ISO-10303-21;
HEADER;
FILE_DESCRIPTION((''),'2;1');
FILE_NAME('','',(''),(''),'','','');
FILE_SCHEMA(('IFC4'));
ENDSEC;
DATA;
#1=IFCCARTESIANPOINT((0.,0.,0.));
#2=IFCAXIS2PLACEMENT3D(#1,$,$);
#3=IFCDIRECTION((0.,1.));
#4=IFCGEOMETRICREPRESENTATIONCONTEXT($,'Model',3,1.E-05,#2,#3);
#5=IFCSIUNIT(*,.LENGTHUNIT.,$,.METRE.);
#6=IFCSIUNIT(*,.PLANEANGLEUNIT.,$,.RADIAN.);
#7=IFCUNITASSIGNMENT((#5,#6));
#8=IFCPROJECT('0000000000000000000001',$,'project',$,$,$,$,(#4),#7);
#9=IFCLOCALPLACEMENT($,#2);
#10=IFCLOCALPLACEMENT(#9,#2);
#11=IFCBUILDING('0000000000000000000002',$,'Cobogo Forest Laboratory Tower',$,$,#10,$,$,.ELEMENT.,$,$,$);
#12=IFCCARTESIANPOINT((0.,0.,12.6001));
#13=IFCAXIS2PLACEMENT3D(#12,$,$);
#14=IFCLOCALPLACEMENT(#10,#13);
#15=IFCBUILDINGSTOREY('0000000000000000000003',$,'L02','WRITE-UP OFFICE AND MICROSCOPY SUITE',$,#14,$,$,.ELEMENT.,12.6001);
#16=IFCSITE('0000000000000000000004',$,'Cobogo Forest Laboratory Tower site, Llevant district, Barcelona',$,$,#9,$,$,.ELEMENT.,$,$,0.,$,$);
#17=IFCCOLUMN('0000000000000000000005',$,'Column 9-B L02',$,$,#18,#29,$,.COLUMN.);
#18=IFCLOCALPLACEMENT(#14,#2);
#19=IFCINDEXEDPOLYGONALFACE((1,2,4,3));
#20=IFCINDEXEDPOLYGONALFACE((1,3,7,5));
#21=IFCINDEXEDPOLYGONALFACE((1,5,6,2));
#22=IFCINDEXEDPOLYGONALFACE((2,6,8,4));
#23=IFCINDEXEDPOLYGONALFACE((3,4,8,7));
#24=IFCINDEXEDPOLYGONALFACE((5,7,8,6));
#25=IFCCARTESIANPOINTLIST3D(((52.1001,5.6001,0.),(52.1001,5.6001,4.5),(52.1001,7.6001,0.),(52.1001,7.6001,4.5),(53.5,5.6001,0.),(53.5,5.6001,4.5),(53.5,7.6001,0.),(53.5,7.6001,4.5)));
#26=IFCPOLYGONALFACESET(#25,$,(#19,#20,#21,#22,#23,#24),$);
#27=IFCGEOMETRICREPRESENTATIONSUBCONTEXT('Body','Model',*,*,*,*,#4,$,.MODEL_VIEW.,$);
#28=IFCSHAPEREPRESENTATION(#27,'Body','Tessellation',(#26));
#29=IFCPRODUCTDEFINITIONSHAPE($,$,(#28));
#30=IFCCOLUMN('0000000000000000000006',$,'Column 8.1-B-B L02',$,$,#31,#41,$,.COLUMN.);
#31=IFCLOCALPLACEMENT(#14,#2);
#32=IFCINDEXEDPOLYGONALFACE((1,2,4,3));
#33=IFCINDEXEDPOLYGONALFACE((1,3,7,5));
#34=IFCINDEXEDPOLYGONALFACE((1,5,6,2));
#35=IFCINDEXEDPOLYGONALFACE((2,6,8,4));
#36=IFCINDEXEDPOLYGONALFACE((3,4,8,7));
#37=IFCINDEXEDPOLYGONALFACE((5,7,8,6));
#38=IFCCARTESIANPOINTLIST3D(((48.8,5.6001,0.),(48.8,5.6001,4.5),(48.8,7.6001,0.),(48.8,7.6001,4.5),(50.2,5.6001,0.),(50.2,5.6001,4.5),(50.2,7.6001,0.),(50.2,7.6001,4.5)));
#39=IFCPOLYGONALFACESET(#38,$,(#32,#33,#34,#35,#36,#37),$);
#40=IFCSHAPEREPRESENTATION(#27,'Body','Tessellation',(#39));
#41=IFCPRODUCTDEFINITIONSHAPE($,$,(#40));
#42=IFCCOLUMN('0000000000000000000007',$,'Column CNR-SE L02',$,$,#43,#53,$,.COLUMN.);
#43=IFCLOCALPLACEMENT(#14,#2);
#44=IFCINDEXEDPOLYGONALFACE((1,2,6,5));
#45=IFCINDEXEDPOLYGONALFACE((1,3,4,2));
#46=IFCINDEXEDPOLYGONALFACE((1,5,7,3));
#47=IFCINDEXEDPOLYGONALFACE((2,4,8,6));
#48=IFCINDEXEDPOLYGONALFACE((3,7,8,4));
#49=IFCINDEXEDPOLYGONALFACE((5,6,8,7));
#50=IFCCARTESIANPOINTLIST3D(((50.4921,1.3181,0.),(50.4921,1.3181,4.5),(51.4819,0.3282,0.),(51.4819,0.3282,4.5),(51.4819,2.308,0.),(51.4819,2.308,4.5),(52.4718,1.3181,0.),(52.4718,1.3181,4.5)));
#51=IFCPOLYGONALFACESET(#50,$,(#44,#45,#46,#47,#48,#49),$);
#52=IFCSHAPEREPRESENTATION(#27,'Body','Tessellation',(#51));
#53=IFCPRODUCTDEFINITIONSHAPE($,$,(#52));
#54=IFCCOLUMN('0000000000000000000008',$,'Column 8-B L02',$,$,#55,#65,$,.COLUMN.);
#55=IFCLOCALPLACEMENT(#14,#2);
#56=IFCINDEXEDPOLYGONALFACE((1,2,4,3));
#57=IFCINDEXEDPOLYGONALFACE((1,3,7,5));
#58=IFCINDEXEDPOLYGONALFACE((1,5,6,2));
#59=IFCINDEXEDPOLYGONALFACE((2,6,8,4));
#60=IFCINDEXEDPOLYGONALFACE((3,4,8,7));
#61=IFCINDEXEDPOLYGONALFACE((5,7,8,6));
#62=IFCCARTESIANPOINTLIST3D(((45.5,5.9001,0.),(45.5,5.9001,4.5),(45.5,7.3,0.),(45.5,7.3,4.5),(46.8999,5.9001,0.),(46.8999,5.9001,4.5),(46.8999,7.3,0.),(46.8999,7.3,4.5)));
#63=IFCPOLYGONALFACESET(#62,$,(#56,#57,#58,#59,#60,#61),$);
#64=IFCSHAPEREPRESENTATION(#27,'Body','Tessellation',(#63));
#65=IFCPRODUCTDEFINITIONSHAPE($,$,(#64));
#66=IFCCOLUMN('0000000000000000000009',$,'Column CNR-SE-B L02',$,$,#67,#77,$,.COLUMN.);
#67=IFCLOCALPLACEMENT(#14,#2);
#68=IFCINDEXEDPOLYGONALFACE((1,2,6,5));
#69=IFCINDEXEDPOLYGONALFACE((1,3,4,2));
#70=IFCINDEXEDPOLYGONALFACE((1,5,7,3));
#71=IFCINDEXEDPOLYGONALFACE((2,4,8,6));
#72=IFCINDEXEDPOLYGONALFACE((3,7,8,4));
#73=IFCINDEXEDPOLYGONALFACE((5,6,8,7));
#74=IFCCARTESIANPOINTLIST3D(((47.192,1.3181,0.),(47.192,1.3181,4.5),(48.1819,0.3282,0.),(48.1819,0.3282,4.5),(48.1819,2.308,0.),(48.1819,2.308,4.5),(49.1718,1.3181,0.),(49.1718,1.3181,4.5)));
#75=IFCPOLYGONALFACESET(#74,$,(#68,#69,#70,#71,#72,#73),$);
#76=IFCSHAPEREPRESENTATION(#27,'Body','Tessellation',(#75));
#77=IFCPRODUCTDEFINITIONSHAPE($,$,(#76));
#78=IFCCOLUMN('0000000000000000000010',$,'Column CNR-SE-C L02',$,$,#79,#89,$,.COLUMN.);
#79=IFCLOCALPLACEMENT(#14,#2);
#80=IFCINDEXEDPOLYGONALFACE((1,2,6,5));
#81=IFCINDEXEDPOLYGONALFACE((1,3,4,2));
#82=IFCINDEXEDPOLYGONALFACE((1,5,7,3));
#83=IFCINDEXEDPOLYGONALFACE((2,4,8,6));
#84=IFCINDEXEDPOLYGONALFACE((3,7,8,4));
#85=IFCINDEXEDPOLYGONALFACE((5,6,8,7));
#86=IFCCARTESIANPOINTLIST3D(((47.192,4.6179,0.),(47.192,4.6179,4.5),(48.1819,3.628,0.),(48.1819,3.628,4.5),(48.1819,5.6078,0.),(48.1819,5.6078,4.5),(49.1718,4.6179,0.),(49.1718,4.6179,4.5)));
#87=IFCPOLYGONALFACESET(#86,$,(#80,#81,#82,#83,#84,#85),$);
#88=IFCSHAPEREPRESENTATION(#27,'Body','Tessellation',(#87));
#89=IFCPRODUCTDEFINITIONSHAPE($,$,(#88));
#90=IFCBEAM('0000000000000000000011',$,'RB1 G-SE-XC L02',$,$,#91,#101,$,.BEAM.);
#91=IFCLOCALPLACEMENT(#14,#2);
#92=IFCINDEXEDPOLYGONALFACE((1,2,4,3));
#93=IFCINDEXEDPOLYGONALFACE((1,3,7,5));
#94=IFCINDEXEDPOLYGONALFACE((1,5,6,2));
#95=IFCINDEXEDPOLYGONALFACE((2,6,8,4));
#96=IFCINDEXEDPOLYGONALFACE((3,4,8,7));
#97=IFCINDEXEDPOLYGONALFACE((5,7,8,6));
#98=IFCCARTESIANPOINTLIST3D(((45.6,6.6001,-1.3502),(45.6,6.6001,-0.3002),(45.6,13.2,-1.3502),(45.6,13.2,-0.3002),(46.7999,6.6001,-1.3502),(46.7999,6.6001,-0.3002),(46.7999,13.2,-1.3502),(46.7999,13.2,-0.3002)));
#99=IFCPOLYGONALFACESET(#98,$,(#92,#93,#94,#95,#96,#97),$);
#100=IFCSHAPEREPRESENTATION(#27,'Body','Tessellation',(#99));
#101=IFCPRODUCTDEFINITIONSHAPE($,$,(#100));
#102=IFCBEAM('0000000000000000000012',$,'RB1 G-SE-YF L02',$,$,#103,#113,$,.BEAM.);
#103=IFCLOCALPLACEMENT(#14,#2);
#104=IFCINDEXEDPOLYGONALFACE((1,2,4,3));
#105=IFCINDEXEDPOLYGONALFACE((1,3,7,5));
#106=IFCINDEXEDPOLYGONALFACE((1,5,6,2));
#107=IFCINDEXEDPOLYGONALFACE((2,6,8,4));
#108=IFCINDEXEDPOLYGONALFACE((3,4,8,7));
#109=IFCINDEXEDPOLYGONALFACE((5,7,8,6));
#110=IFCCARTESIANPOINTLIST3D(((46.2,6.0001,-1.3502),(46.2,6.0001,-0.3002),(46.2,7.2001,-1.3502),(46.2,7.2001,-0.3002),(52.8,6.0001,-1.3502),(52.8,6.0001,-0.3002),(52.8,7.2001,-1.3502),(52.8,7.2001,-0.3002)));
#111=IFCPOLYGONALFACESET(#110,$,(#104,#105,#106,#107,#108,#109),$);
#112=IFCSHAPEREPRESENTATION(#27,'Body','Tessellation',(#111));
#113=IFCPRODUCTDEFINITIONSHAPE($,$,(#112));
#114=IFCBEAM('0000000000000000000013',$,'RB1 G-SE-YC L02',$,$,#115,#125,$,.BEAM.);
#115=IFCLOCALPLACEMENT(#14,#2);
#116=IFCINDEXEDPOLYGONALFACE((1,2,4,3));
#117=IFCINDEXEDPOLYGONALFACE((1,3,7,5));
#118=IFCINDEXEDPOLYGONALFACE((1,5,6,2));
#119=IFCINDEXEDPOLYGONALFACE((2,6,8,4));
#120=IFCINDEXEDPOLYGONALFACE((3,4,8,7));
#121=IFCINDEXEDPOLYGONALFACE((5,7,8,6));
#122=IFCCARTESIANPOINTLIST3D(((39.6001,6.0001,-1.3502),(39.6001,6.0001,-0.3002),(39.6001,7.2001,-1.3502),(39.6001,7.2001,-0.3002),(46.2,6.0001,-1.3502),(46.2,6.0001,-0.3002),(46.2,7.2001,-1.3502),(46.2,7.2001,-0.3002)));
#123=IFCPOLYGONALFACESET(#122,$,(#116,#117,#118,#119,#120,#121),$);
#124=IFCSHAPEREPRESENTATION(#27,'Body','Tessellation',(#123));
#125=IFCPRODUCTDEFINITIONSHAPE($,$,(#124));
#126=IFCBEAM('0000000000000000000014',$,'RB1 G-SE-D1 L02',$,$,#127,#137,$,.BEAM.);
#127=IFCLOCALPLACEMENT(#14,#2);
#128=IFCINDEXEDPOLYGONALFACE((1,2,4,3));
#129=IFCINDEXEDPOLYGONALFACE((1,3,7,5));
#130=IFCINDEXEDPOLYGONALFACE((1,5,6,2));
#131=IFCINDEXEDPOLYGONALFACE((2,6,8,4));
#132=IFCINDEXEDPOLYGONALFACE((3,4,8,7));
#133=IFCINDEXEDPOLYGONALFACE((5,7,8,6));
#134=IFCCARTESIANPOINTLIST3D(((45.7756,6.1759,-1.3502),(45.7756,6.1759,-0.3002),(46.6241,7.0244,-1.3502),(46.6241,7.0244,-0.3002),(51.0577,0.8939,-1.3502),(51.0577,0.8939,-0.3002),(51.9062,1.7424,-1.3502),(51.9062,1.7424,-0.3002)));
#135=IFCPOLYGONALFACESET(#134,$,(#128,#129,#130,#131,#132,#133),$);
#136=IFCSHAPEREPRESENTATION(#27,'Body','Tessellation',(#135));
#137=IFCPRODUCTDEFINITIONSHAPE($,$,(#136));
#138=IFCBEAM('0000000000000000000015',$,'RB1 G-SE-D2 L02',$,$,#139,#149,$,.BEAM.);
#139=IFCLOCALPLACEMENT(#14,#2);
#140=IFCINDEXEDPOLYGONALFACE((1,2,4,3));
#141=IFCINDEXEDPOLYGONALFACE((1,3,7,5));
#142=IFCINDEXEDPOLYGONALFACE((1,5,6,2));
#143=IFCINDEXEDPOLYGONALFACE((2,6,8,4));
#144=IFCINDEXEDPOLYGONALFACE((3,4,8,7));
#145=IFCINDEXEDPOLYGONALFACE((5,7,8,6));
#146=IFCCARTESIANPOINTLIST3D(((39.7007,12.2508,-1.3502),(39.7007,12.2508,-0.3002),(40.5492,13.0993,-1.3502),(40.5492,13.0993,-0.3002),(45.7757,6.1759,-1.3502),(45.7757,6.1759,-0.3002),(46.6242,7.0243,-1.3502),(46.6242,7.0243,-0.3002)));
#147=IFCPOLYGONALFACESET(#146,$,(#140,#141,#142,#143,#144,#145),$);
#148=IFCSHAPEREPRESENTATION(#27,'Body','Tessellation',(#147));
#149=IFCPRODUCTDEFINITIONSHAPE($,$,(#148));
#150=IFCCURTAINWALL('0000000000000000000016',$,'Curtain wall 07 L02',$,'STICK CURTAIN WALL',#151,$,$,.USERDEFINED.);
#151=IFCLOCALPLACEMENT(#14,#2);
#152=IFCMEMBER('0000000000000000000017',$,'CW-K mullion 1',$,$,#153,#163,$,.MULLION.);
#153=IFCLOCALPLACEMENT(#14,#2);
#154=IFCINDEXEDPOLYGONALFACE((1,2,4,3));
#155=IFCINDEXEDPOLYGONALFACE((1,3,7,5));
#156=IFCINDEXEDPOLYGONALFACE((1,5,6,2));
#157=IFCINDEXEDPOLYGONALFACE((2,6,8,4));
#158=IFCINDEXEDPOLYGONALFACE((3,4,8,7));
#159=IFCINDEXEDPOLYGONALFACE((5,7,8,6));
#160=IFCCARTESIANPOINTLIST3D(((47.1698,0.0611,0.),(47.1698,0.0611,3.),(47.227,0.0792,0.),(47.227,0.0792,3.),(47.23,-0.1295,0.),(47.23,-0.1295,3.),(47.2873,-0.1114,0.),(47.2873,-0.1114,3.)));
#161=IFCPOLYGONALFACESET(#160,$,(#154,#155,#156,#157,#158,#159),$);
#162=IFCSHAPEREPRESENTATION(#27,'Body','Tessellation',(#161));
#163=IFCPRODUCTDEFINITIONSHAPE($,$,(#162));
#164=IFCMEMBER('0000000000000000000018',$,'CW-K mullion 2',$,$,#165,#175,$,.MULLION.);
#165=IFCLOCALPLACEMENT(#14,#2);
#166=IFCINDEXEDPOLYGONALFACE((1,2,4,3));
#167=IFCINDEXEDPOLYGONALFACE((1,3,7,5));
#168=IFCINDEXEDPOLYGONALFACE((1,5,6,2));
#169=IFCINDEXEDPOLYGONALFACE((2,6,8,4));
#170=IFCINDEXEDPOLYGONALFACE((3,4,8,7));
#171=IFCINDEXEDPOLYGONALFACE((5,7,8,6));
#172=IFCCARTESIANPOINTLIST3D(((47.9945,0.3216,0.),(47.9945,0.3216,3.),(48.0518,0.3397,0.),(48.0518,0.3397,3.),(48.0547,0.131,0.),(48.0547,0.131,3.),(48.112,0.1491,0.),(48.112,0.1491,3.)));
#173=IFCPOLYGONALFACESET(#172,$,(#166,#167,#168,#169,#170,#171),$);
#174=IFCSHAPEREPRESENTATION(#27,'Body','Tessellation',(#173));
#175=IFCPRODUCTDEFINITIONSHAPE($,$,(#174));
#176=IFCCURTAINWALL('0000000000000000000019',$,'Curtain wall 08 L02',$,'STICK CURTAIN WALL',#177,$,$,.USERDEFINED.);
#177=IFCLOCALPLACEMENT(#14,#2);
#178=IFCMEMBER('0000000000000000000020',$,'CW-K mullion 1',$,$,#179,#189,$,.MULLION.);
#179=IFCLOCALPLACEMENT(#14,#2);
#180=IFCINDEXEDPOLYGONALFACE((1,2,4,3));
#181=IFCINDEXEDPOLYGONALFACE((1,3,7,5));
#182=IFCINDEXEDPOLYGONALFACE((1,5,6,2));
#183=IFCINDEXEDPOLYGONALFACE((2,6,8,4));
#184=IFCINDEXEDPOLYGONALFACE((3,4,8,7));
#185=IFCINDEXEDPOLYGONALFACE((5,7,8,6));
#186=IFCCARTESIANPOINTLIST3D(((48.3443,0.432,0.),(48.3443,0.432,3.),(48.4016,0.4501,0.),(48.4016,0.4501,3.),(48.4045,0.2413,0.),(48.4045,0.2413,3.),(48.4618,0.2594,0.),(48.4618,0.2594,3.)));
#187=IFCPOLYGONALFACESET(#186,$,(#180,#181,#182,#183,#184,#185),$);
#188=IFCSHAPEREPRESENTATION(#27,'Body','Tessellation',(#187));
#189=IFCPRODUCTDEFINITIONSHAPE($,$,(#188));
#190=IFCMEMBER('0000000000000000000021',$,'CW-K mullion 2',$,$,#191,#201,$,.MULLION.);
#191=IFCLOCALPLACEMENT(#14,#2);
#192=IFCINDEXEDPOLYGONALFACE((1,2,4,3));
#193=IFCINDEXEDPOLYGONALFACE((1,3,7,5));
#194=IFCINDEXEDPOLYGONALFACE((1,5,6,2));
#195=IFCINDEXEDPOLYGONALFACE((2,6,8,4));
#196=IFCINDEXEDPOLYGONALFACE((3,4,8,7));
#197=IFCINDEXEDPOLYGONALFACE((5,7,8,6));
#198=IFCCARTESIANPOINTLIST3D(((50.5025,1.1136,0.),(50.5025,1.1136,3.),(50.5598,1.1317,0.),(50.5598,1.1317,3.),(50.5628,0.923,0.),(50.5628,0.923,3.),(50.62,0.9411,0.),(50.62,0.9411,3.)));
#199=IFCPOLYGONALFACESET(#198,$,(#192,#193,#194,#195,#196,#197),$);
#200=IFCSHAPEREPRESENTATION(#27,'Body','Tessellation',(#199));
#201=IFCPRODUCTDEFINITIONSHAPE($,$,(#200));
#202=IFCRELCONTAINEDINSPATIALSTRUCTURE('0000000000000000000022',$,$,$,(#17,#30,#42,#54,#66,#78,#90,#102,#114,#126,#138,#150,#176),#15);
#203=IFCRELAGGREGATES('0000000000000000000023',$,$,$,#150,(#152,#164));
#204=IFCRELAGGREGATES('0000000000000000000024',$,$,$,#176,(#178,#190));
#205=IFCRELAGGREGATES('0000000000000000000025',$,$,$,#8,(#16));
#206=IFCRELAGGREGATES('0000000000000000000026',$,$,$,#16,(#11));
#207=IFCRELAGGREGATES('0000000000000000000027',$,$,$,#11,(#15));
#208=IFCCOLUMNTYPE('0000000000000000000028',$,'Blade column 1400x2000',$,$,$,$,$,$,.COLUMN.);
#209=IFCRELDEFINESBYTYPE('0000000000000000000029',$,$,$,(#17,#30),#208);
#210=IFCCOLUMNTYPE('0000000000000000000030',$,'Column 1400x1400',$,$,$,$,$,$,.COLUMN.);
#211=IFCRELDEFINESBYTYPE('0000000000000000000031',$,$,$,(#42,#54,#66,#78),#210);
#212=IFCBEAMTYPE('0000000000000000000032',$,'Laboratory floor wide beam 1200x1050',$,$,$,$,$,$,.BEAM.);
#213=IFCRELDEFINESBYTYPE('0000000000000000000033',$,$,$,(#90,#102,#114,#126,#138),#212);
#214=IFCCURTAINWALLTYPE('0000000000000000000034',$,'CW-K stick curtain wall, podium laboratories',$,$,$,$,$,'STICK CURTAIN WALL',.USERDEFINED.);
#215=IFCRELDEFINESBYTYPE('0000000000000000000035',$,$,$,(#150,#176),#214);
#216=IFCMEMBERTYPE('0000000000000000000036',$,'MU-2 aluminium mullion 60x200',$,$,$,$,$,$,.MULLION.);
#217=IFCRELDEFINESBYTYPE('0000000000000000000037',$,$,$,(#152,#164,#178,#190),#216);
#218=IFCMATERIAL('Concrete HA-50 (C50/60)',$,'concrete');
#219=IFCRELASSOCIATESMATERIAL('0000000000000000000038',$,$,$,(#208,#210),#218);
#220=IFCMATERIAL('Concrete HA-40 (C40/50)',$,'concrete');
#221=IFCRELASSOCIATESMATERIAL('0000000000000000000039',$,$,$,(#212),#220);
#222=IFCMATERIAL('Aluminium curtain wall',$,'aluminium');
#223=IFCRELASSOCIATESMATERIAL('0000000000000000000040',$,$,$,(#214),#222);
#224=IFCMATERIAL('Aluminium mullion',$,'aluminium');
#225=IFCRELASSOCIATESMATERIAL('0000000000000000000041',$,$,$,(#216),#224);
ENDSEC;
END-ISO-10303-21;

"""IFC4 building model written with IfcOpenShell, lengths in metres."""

from ifc_helpers import new_model, si_unit, direction, frame, origin, origin_2d, place, context, subcontext, project, spatial, rectangle, extrude, material, material_profile, profile_set, type_object, element, aggregate, save


model = new_model("IFC4")

# Units and contexts
model_context = context("Model", 3, precision=1e-05, world=origin(), true_north=direction((0.0, 1.0)))
body_context = subcontext(model_context, "Body", "Model", "MODEL_VIEW")
ifc_project = project(units=[si_unit("LENGTHUNIT", "METRE"), si_unit("PLANEANGLEUNIT", "RADIAN")], contexts=[model_context])

# Site, building, storey
site_placement = place(None, origin())
site = spatial("IfcSite", under=ifc_project, at=site_placement, Name="Cobogo Forest Laboratory Tower site, Llevant district, Barcelona", CompositionType="ELEMENT", RefElevation=0.0)
building_placement = place(site_placement, origin())
building = spatial("IfcBuilding", under=site, at=building_placement, Name="Cobogo Forest Laboratory Tower", CompositionType="ELEMENT")
storey_placement = place(building_placement, frame((0.0, 0.0, 12.6001)))
storey = spatial("IfcBuildingStorey", under=building, at=storey_placement, Name="L02", Description="WRITE-UP OFFICE AND MICROSCOPY SUITE", CompositionType="ELEMENT", Elevation=12.6001)

# Columns
ifc_material_1 = material(Name="Concrete HA-50 (C50/60)", Category="concrete")
ifc_material_profile_1 = material_profile(ifc_material_1, rectangle(XDim=2.0, YDim=1.3999, at=origin_2d()), Name="RC 1400x2000")
ifc_profile_set_1 = profile_set([ifc_material_profile_1], Name="Concrete HA-50 (C50/60)")
column_type_1 = type_object("IfcColumnType", Name="Blade column 1400x2000", PredefinedType="COLUMN", material=ifc_profile_set_1)
for number, where, z_axis, x_axis, name in (
    (1, (52.8, 6.6001, 0.0), (0.0, 0.0, 1.0), (0.0, 1.0, 0.0), "Column 9-B L02"),
    (2, (49.5, 6.6001, 0.0), (0.0, 0.0, 1.0), (0.0, 1.0, 0.0), "Column 8.1-B-B L02"),
):
    element("IfcColumn", number, at=place(storey_placement, frame(where, z_axis=z_axis, x_axis=x_axis)), inside=storey, type_object=column_type_1, Name=name, PredefinedType="COLUMN", context=body_context, shape_type="SweptSolid", body=[
        extrude(rectangle(XDim=2.0, YDim=1.3999, at=origin_2d()), origin(), (0.0, 0.0, 1.0), 4.5),
    ])
ifc_material_profile_2 = material_profile(ifc_material_1, rectangle(XDim=1.3999, YDim=1.3999, at=origin_2d()), Name="RC 1400x1400")
ifc_profile_set_2 = profile_set([ifc_material_profile_2], Name="Concrete HA-50 (C50/60)")
column_type_2 = type_object("IfcColumnType", Name="Column 1400x1400", PredefinedType="COLUMN", material=ifc_profile_set_2)
for number, where, z_axis, x_axis, name in (
    (3, (51.4819, 1.3181, 0.0), (0.0, 0.0, 1.0), (0.707107, 0.707107, 0.0), "Column CNR-SE L02"),
    (4, (46.2, 6.6001, 0.0), (0.0, 0.0, 1.0), (1.0, 0.0, 0.0), "Column 8-B L02"),
    (5, (48.1819, 1.3181, 0.0), (0.0, 0.0, 1.0), (0.707107, 0.707107, 0.0), "Column CNR-SE-B L02"),
    (6, (48.1819, 4.6179, 0.0), (0.0, 0.0, 1.0), (0.707107, 0.707107, 0.0), "Column CNR-SE-C L02"),
):
    element("IfcColumn", number, at=place(storey_placement, frame(where, z_axis=z_axis, x_axis=x_axis)), inside=storey, type_object=column_type_2, Name=name, PredefinedType="COLUMN", context=body_context, shape_type="SweptSolid", body=[
        extrude(rectangle(XDim=1.3999, YDim=1.3999, at=origin_2d()), origin(), (0.0, 0.0, 1.0), 4.5),
    ])

# Beams
ifc_material_2 = material(Name="Concrete HA-40 (C40/50)", Category="concrete")
ifc_material_profile_3 = material_profile(ifc_material_2, rectangle(XDim=1.2, YDim=1.05, at=origin_2d()), Name="RC 1200x1050")
ifc_profile_set_3 = profile_set([ifc_material_profile_3], Name="Concrete HA-40 (C40/50)")
beam_type_1 = type_object("IfcBeamType", Name="Laboratory floor wide beam 1200x1050", PredefinedType="BEAM", material=ifc_profile_set_3)
beam_1_placement = place(storey_placement, frame((46.2, 6.6001, -0.8252), z_axis=(0.0, 1.0, 0.0), x_axis=(-1.0, 0.0, 0.0)))
element("IfcBeam", 7, at=beam_1_placement, inside=storey, type_object=beam_type_1, Name="RB1 G-SE-XC L02", PredefinedType="BEAM", context=body_context, shape_type="SweptSolid", body=[
    extrude(rectangle(XDim=1.2, YDim=1.05, at=origin_2d()), origin(), (0.0, 0.0, 1.0), 6.5999),
])
beam_2_placement = place(storey_placement, frame((52.8, 6.6001, -0.8252), z_axis=(-1.0, 0.0, 0.0), x_axis=(0.0, -1.0, 0.0)))
element("IfcBeam", 8, at=beam_2_placement, inside=storey, type_object=beam_type_1, Name="RB1 G-SE-YF L02", PredefinedType="BEAM", context=body_context, shape_type="SweptSolid", body=[
    extrude(rectangle(XDim=1.2, YDim=1.05, at=origin_2d()), origin(), (0.0, 0.0, 1.0), 6.6001),
])
beam_3_placement = place(storey_placement, frame((46.2, 6.6001, -0.8252), z_axis=(-1.0, 0.0, 0.0), x_axis=(0.0, -1.0, 0.0)))
element("IfcBeam", 9, at=beam_3_placement, inside=storey, type_object=beam_type_1, Name="RB1 G-SE-YC L02", PredefinedType="BEAM", context=body_context, shape_type="SweptSolid", body=[
    extrude(rectangle(XDim=1.2, YDim=1.05, at=origin_2d()), origin(), (0.0, 0.0, 1.0), 6.5999),
])
beam_4_placement = place(storey_placement, frame((51.4819, 1.3181, -0.8252), z_axis=(-0.707107, 0.707107, 0.0), x_axis=(-0.707107, -0.707107, 0.0)))
element("IfcBeam", 10, at=beam_4_placement, inside=storey, type_object=beam_type_1, Name="RB1 G-SE-D1 L02", PredefinedType="BEAM", context=body_context, shape_type="SweptSolid", body=[
    extrude(rectangle(XDim=1.2, YDim=1.05, at=origin_2d()), origin(), (0.0, 0.0, 1.0), 7.47),
])
beam_5_placement = place(storey_placement, frame((46.2, 6.6001, -0.8252), z_axis=(-0.707107, 0.707107, 0.0), x_axis=(-0.707107, -0.707107, 0.0)))
element("IfcBeam", 11, at=beam_5_placement, inside=storey, type_object=beam_type_1, Name="RB1 G-SE-D2 L02", PredefinedType="BEAM", context=body_context, shape_type="SweptSolid", body=[
    extrude(rectangle(XDim=1.2, YDim=1.05, at=origin_2d()), origin(), (0.0, 0.0, 1.0), 8.5913),
])

# Curtain walls, members
ifc_material_3 = material(Name="Aluminium curtain wall", Category="aluminium")
curtain_wall_type = type_object("IfcCurtainWallType", Name="CW-K stick curtain wall, podium laboratories", ElementType="STICK CURTAIN WALL", PredefinedType="USERDEFINED", material=ifc_material_3)
curtain_wall_1_placement = place(storey_placement, origin())
curtain_wall_1 = element("IfcCurtainWall", 12, at=curtain_wall_1_placement, inside=storey, type_object=curtain_wall_type, Name="Curtain wall 07 L02", ObjectType="STICK CURTAIN WALL", PredefinedType="USERDEFINED")
ifc_material_4 = material(Name="Aluminium mullion", Category="aluminium")
ifc_material_profile_4 = material_profile(ifc_material_4, rectangle(XDim=0.0601, YDim=0.2, at=origin_2d()), Name="AL 60x200")
ifc_profile_set_4 = profile_set([ifc_material_profile_4], Name="Aluminium mullion")
member_type_1 = type_object("IfcMemberType", Name="MU-2 aluminium mullion 60x200", PredefinedType="MULLION", material=ifc_profile_set_4)
member_1_placement = place(storey_placement, frame((47.2285, -0.0251, 0.0), z_axis=(0.0, 0.0, 1.0), x_axis=(0.953581, 0.301135, 0.0)))
member_1 = element("IfcMember", 13, at=member_1_placement, type_object=member_type_1, Name="CW-K mullion 1", PredefinedType="MULLION", context=body_context, shape_type="SweptSolid", body=[
    extrude(rectangle(XDim=0.0601, YDim=0.2, at=origin_2d()), origin(), (0.0, 0.0, 1.0), 3.0),
])
member_2_placement = place(storey_placement, frame((48.0532, 0.2354, 0.0), z_axis=(0.0, 0.0, 1.0), x_axis=(0.953581, 0.301135, 0.0)))
member_2 = element("IfcMember", 14, at=member_2_placement, type_object=member_type_1, Name="CW-K mullion 2", PredefinedType="MULLION", context=body_context, shape_type="SweptSolid", body=[
    extrude(rectangle(XDim=0.0601, YDim=0.2, at=origin_2d()), origin(), (0.0, 0.0, 1.0), 3.0),
])
curtain_wall_2_placement = place(storey_placement, origin())
curtain_wall_2 = element("IfcCurtainWall", 15, at=curtain_wall_2_placement, inside=storey, type_object=curtain_wall_type, Name="Curtain wall 08 L02", ObjectType="STICK CURTAIN WALL", PredefinedType="USERDEFINED")
member_3_placement = place(storey_placement, frame((48.4031, 0.3457, 0.0), z_axis=(0.0, 0.0, 1.0), x_axis=(0.953581, 0.301135, 0.0)))
member_3 = element("IfcMember", 16, at=member_3_placement, type_object=member_type_1, Name="CW-K mullion 1", PredefinedType="MULLION", context=body_context, shape_type="SweptSolid", body=[
    extrude(rectangle(XDim=0.0601, YDim=0.2, at=origin_2d()), origin(), (0.0, 0.0, 1.0), 3.0),
])
member_4_placement = place(storey_placement, frame((50.5613, 1.0273, 0.0), z_axis=(0.0, 0.0, 1.0), x_axis=(0.953581, 0.301135, 0.0)))
member_4 = element("IfcMember", 17, at=member_4_placement, type_object=member_type_1, Name="CW-K mullion 2", PredefinedType="MULLION", context=body_context, shape_type="SweptSolid", body=[
    extrude(rectangle(XDim=0.0601, YDim=0.2, at=origin_2d()), origin(), (0.0, 0.0, 1.0), 3.0),
])

aggregate(curtain_wall_1, [member_1, member_2])
aggregate(curtain_wall_2, [member_3, member_4])

save(model, "model.ifc")
